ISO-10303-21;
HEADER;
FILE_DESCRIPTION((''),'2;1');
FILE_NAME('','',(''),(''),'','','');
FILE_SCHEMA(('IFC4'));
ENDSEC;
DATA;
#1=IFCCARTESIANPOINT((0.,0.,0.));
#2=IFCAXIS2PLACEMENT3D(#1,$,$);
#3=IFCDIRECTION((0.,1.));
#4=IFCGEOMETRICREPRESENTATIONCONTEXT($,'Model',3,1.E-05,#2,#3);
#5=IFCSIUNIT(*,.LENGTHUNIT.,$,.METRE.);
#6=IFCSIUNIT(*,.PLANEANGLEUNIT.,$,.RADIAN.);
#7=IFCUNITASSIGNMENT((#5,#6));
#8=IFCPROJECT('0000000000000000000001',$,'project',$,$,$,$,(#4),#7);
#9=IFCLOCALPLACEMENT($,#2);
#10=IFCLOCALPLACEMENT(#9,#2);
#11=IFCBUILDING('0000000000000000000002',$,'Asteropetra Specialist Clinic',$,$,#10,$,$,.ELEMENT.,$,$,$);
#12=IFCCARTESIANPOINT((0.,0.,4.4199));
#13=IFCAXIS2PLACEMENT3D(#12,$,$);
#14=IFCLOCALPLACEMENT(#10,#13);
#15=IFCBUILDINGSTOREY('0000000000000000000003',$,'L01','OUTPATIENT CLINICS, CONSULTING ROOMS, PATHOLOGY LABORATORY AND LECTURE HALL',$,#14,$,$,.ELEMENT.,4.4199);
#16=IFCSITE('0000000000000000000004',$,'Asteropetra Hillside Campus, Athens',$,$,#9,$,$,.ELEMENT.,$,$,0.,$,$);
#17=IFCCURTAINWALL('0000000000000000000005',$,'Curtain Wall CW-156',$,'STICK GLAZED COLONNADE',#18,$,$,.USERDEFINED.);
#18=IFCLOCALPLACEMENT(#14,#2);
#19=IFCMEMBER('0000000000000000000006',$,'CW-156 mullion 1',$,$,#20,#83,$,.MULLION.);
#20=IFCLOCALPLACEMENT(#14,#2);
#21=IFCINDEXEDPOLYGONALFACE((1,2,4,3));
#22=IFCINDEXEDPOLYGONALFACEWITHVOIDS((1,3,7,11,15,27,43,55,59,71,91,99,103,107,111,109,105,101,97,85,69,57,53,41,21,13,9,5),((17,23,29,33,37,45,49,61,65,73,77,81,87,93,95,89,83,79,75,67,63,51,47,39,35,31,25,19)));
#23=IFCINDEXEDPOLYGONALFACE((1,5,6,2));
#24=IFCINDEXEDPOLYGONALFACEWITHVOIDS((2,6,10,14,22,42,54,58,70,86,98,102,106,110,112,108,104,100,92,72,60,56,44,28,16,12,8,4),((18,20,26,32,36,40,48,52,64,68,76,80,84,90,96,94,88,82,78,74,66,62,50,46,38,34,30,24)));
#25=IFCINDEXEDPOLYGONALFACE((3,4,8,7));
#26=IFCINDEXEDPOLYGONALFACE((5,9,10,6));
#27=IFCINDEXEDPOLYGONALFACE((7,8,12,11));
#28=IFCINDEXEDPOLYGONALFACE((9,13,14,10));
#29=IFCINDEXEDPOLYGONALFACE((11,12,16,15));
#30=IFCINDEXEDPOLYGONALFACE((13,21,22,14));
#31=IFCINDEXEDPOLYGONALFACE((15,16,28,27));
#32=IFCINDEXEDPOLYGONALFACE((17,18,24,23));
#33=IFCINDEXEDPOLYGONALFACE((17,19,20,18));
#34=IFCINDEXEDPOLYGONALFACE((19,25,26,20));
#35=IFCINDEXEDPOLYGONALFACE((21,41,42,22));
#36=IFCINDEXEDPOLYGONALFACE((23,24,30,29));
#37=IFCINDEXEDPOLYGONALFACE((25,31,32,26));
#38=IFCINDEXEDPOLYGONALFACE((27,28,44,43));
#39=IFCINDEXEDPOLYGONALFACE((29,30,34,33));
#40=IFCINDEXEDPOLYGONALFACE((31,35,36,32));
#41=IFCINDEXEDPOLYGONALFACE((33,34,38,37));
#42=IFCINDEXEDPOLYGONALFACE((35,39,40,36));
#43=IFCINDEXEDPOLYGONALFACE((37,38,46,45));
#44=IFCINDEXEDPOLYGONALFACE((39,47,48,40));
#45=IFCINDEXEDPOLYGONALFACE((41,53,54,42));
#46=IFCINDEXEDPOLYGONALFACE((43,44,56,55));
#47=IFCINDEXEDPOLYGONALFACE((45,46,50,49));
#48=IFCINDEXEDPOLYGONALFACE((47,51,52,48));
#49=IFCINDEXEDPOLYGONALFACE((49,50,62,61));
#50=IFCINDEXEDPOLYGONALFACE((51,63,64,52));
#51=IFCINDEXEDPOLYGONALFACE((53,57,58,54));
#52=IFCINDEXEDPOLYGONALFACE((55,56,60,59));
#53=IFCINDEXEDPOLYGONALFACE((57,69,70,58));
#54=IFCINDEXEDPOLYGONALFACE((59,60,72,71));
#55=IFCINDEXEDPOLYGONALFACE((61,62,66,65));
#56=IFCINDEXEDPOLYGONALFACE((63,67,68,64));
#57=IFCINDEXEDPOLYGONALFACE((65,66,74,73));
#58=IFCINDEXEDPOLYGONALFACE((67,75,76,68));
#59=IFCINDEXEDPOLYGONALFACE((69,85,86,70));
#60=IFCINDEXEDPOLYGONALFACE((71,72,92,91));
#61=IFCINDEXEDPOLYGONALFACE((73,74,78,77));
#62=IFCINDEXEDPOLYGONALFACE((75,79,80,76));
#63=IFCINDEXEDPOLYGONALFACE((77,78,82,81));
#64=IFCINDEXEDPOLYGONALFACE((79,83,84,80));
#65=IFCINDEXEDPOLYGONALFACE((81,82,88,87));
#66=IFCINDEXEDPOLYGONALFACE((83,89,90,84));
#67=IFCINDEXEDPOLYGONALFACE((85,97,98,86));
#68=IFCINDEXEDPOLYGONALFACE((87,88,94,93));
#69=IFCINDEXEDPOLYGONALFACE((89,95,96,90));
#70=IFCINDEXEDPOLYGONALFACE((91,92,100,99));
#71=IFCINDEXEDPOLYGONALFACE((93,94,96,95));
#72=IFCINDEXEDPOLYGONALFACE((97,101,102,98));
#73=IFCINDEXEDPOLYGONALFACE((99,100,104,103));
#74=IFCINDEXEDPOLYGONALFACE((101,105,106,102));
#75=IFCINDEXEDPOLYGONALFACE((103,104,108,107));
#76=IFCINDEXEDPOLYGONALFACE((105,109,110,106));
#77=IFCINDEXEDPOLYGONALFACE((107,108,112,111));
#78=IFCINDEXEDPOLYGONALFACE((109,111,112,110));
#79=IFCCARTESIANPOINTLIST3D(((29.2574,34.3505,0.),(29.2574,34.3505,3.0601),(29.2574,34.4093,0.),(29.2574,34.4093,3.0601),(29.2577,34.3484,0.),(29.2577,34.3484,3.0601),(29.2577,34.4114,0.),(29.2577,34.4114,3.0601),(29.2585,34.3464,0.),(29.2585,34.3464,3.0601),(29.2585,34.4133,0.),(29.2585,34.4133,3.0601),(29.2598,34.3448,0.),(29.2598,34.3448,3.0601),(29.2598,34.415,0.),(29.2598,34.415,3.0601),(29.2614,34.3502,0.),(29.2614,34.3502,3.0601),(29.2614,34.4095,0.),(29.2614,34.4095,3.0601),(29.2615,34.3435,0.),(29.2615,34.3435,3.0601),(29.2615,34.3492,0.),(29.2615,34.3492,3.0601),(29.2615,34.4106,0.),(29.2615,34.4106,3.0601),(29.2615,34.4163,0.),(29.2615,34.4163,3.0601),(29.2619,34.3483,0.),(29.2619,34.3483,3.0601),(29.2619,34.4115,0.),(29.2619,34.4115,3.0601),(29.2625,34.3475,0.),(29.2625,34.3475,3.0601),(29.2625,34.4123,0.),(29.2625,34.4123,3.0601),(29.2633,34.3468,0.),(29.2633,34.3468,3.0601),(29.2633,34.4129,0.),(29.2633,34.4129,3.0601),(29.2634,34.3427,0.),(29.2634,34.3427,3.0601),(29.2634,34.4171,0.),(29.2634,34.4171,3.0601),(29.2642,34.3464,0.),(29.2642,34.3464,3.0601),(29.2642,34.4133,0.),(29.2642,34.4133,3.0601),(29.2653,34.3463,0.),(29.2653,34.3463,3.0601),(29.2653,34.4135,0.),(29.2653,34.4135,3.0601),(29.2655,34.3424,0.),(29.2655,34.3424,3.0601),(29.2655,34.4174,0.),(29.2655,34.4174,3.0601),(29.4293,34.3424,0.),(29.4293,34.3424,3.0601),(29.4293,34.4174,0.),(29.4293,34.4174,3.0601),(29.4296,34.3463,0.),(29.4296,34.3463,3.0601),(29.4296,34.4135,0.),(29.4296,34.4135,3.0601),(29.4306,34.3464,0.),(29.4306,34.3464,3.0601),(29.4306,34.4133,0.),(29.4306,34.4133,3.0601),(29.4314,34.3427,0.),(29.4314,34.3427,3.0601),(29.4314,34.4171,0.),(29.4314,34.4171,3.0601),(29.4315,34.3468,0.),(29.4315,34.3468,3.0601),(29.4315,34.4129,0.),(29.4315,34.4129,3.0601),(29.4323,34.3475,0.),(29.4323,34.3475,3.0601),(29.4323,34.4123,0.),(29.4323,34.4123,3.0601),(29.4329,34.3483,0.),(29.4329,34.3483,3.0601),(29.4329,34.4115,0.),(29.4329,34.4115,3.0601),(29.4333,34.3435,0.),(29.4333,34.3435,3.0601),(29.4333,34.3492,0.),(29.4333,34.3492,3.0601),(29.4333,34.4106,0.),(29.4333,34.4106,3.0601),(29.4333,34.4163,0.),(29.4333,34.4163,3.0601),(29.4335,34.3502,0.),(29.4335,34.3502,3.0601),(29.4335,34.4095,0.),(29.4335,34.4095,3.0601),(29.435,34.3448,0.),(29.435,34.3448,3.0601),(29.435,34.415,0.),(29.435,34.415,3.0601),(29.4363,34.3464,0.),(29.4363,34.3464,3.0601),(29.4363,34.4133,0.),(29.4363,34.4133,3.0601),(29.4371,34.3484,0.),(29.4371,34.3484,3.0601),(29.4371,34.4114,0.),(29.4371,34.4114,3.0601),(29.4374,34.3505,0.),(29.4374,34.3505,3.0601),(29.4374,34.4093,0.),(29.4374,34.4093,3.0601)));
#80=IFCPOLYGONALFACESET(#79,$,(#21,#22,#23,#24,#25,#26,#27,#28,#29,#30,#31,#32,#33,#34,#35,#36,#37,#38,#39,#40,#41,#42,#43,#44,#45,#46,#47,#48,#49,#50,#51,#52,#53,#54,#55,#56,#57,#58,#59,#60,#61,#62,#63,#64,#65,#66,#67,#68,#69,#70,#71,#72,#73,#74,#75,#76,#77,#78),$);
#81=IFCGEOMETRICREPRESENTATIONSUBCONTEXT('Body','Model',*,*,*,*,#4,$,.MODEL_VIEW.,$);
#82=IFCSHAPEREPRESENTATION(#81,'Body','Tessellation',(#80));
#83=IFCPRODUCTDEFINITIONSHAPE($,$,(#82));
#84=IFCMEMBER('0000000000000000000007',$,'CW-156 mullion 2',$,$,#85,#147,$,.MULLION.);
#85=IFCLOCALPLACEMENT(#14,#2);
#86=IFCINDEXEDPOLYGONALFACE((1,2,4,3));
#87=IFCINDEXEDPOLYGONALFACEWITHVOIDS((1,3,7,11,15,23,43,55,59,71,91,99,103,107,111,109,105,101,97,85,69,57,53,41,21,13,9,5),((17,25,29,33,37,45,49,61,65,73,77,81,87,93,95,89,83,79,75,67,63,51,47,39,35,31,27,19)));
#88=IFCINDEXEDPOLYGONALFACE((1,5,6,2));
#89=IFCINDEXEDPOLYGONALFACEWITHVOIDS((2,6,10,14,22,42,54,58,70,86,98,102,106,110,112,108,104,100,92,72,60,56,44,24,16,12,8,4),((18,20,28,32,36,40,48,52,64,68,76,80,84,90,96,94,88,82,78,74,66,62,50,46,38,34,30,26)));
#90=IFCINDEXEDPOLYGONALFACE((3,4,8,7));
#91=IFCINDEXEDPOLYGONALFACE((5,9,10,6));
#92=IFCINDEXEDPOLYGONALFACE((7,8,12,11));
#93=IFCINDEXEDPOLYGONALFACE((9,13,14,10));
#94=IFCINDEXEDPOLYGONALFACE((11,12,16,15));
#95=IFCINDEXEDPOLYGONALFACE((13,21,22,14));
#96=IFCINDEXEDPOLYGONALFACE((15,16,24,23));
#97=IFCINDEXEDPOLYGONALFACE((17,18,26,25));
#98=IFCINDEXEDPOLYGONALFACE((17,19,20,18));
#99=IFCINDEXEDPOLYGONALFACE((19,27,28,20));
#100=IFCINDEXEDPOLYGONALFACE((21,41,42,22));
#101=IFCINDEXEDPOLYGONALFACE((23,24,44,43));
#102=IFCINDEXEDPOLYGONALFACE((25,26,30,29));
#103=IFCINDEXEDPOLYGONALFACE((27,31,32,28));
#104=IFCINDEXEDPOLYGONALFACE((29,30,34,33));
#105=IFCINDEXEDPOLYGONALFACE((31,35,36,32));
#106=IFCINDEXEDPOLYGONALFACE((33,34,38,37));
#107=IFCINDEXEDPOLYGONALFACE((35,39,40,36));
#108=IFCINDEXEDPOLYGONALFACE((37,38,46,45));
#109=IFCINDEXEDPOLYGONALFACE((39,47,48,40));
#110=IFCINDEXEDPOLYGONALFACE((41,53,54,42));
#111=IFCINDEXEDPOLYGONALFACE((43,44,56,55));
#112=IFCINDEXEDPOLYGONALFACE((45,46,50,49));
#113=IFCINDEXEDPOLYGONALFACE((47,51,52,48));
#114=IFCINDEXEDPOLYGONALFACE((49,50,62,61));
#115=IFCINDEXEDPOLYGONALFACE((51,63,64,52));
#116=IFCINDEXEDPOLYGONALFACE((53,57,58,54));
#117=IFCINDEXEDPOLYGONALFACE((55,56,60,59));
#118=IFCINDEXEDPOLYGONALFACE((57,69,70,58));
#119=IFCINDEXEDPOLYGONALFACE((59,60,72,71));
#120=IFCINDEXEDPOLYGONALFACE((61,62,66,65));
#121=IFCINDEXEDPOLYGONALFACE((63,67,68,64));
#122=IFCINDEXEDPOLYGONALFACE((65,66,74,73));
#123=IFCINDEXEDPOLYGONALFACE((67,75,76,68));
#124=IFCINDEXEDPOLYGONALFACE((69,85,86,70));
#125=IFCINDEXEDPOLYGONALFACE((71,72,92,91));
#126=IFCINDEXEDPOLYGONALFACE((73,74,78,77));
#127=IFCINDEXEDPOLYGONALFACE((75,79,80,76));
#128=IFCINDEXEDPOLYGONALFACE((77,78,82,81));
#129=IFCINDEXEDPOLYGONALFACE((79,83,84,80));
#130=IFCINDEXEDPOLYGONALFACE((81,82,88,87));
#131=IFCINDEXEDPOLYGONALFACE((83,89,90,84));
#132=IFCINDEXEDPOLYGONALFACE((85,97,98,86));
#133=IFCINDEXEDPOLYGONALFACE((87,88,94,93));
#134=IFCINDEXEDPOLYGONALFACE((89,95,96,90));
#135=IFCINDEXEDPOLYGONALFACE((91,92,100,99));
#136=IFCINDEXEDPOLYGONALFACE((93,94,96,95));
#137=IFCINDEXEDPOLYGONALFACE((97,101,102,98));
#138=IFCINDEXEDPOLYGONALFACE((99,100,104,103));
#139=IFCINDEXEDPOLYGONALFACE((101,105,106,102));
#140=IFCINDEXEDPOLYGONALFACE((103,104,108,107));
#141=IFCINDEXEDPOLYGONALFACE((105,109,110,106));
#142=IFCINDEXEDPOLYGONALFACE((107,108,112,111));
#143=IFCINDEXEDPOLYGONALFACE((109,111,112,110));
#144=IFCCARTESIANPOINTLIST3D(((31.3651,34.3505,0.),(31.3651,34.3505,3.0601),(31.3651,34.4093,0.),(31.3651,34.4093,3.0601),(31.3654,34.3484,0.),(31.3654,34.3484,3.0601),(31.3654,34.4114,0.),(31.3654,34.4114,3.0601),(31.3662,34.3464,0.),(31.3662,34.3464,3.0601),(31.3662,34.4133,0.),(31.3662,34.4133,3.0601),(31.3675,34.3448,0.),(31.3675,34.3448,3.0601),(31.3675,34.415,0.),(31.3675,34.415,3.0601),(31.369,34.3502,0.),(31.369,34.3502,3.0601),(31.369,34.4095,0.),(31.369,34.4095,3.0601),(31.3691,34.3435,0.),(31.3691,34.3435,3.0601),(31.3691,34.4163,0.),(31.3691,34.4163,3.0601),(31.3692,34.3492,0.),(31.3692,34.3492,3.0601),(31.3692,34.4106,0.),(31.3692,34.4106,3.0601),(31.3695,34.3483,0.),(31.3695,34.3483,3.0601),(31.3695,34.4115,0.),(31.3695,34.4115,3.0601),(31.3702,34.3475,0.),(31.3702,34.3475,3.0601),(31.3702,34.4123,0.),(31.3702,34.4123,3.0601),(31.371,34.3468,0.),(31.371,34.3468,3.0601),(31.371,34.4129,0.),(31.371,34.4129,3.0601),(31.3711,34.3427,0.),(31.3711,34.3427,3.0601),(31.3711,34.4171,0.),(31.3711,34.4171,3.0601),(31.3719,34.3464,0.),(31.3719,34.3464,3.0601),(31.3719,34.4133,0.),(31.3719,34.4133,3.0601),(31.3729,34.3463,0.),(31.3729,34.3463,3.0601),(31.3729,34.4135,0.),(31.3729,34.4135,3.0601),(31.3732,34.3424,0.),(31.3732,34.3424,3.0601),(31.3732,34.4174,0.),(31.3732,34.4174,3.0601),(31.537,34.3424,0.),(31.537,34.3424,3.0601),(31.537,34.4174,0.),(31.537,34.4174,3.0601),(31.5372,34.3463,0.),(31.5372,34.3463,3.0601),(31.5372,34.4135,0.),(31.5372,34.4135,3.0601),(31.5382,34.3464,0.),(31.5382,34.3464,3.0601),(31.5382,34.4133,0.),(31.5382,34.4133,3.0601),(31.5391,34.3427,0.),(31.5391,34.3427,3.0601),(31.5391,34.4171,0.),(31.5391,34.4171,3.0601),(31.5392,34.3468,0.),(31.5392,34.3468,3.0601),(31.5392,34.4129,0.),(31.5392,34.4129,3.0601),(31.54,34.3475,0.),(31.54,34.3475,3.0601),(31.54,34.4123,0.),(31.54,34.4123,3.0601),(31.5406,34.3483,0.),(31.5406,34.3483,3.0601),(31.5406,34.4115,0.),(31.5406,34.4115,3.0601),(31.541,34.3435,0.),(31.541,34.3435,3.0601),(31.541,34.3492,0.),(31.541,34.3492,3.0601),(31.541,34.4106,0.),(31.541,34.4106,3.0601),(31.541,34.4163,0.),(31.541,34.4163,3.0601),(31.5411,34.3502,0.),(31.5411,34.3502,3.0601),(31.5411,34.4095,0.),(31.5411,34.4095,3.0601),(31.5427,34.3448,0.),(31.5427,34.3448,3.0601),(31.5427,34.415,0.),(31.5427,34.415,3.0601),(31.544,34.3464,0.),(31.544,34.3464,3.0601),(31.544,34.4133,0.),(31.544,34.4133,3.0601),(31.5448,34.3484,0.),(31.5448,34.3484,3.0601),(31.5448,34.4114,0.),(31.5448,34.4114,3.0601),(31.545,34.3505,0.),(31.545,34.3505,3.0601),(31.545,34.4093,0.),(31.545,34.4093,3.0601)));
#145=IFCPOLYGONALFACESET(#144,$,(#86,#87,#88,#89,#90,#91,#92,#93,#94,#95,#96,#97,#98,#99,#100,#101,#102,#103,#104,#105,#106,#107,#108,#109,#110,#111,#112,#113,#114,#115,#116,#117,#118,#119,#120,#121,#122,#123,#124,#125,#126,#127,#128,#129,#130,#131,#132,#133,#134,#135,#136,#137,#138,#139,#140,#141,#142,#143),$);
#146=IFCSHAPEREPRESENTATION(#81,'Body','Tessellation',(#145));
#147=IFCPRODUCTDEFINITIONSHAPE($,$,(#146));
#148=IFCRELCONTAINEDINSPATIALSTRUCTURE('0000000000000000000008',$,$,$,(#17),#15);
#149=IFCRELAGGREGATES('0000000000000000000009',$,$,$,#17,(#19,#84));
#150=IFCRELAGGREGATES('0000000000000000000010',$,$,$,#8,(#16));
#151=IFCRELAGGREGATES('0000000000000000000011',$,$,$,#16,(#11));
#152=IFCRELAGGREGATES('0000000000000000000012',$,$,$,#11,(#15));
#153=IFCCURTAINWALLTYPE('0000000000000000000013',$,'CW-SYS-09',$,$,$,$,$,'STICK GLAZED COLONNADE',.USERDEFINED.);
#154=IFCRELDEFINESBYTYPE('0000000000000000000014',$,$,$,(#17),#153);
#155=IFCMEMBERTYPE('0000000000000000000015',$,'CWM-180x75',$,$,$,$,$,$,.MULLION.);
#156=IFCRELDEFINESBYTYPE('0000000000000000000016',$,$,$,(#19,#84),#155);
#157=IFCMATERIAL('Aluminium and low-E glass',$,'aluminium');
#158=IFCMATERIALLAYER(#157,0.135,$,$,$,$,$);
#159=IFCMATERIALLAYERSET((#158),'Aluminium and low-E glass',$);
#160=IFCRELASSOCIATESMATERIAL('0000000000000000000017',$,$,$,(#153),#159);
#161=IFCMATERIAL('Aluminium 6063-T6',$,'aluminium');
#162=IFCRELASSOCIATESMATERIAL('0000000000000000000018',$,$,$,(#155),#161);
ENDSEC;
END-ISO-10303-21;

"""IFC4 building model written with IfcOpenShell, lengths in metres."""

from ifc_helpers import new_model, si_unit, direction, frame, origin, origin_2d, place, context, subcontext, project, spatial, hollow_rectangle, extrude, material, layer, layer_set, material_profile, profile_set, type_object, element, aggregate, save


model = new_model("IFC4")

# Units and contexts
model_context = context("Model", 3, precision=1e-05, world=origin(), true_north=direction((0.0, 1.0)))
body_context = subcontext(model_context, "Body", "Model", "MODEL_VIEW")
ifc_project = project(units=[si_unit("LENGTHUNIT", "METRE"), si_unit("PLANEANGLEUNIT", "RADIAN")], contexts=[model_context])

# Site, building, storey
site_placement = place(None, origin())
site = spatial("IfcSite", under=ifc_project, at=site_placement, Name="Asteropetra Hillside Campus, Athens", CompositionType="ELEMENT", RefElevation=0.0)
building_placement = place(site_placement, origin())
building = spatial("IfcBuilding", under=site, at=building_placement, Name="Asteropetra Specialist Clinic", CompositionType="ELEMENT")
storey_placement = place(building_placement, frame((0.0, 0.0, 4.4199)))
storey = spatial("IfcBuildingStorey", under=building, at=storey_placement, Name="L01", Description="OUTPATIENT CLINICS, CONSULTING ROOMS, PATHOLOGY LABORATORY AND LECTURE HALL", CompositionType="ELEMENT", Elevation=4.4199)

# Curtain wall, members
ifc_material_1 = material(Name="Aluminium and low-E glass", Category="aluminium")
ifc_layer_1 = layer(ifc_material_1, 0.135)
ifc_layer_set_1 = layer_set([ifc_layer_1], Name="Aluminium and low-E glass")
curtain_wall_type = type_object("IfcCurtainWallType", Name="CW-SYS-09", ElementType="STICK GLAZED COLONNADE", PredefinedType="USERDEFINED", material=ifc_layer_set_1)
curtain_wall_placement = place(storey_placement, origin())
curtain_wall = element("IfcCurtainWall", 1, at=curtain_wall_placement, inside=storey, type_object=curtain_wall_type, Name="Curtain Wall CW-156", ObjectType="STICK GLAZED COLONNADE", PredefinedType="USERDEFINED")
ifc_material_2 = material(Name="Aluminium 6063-T6", Category="aluminium")
ifc_material_profile_1 = material_profile(ifc_material_2, hollow_rectangle(XDim=0.075, YDim=0.1799, WallThickness=0.0039, InnerFilletRadius=0.0039, OuterFilletRadius=0.0081, at=origin_2d()), Name="MUL 180x75x4.0")
ifc_profile_set_1 = profile_set([ifc_material_profile_1], Name="Aluminium 6063-T6")
member_type_1 = type_object("IfcMemberType", Name="CWM-180x75", PredefinedType="MULLION", material=ifc_profile_set_1)
member_1_placement = place(storey_placement, frame((29.3474, 34.3799, 0.0), z_axis=(0.0, 0.0, 1.0), x_axis=(0.0, 1.0, 0.0)))
member_1 = element("IfcMember", 2, at=member_1_placement, type_object=member_type_1, Name="CW-156 mullion 1", PredefinedType="MULLION", context=body_context, shape_type="SweptSolid", body=[
    extrude(hollow_rectangle(XDim=0.075, YDim=0.1799, WallThickness=0.0039, InnerFilletRadius=0.0039, OuterFilletRadius=0.0081, at=origin_2d()), origin(), (0.0, 0.0, 1.0), 3.0601),
])
member_2_placement = place(storey_placement, frame((31.4551, 34.3799, 0.0), z_axis=(0.0, 0.0, 1.0), x_axis=(0.0, 1.0, 0.0)))
member_2 = element("IfcMember", 3, at=member_2_placement, type_object=member_type_1, Name="CW-156 mullion 2", PredefinedType="MULLION", context=body_context, shape_type="SweptSolid", body=[
    extrude(hollow_rectangle(XDim=0.075, YDim=0.1799, WallThickness=0.0039, InnerFilletRadius=0.0039, OuterFilletRadius=0.0081, at=origin_2d()), origin(), (0.0, 0.0, 1.0), 3.0601),
])

aggregate(curtain_wall, [member_1, member_2])

save(model, "model.ifc")
